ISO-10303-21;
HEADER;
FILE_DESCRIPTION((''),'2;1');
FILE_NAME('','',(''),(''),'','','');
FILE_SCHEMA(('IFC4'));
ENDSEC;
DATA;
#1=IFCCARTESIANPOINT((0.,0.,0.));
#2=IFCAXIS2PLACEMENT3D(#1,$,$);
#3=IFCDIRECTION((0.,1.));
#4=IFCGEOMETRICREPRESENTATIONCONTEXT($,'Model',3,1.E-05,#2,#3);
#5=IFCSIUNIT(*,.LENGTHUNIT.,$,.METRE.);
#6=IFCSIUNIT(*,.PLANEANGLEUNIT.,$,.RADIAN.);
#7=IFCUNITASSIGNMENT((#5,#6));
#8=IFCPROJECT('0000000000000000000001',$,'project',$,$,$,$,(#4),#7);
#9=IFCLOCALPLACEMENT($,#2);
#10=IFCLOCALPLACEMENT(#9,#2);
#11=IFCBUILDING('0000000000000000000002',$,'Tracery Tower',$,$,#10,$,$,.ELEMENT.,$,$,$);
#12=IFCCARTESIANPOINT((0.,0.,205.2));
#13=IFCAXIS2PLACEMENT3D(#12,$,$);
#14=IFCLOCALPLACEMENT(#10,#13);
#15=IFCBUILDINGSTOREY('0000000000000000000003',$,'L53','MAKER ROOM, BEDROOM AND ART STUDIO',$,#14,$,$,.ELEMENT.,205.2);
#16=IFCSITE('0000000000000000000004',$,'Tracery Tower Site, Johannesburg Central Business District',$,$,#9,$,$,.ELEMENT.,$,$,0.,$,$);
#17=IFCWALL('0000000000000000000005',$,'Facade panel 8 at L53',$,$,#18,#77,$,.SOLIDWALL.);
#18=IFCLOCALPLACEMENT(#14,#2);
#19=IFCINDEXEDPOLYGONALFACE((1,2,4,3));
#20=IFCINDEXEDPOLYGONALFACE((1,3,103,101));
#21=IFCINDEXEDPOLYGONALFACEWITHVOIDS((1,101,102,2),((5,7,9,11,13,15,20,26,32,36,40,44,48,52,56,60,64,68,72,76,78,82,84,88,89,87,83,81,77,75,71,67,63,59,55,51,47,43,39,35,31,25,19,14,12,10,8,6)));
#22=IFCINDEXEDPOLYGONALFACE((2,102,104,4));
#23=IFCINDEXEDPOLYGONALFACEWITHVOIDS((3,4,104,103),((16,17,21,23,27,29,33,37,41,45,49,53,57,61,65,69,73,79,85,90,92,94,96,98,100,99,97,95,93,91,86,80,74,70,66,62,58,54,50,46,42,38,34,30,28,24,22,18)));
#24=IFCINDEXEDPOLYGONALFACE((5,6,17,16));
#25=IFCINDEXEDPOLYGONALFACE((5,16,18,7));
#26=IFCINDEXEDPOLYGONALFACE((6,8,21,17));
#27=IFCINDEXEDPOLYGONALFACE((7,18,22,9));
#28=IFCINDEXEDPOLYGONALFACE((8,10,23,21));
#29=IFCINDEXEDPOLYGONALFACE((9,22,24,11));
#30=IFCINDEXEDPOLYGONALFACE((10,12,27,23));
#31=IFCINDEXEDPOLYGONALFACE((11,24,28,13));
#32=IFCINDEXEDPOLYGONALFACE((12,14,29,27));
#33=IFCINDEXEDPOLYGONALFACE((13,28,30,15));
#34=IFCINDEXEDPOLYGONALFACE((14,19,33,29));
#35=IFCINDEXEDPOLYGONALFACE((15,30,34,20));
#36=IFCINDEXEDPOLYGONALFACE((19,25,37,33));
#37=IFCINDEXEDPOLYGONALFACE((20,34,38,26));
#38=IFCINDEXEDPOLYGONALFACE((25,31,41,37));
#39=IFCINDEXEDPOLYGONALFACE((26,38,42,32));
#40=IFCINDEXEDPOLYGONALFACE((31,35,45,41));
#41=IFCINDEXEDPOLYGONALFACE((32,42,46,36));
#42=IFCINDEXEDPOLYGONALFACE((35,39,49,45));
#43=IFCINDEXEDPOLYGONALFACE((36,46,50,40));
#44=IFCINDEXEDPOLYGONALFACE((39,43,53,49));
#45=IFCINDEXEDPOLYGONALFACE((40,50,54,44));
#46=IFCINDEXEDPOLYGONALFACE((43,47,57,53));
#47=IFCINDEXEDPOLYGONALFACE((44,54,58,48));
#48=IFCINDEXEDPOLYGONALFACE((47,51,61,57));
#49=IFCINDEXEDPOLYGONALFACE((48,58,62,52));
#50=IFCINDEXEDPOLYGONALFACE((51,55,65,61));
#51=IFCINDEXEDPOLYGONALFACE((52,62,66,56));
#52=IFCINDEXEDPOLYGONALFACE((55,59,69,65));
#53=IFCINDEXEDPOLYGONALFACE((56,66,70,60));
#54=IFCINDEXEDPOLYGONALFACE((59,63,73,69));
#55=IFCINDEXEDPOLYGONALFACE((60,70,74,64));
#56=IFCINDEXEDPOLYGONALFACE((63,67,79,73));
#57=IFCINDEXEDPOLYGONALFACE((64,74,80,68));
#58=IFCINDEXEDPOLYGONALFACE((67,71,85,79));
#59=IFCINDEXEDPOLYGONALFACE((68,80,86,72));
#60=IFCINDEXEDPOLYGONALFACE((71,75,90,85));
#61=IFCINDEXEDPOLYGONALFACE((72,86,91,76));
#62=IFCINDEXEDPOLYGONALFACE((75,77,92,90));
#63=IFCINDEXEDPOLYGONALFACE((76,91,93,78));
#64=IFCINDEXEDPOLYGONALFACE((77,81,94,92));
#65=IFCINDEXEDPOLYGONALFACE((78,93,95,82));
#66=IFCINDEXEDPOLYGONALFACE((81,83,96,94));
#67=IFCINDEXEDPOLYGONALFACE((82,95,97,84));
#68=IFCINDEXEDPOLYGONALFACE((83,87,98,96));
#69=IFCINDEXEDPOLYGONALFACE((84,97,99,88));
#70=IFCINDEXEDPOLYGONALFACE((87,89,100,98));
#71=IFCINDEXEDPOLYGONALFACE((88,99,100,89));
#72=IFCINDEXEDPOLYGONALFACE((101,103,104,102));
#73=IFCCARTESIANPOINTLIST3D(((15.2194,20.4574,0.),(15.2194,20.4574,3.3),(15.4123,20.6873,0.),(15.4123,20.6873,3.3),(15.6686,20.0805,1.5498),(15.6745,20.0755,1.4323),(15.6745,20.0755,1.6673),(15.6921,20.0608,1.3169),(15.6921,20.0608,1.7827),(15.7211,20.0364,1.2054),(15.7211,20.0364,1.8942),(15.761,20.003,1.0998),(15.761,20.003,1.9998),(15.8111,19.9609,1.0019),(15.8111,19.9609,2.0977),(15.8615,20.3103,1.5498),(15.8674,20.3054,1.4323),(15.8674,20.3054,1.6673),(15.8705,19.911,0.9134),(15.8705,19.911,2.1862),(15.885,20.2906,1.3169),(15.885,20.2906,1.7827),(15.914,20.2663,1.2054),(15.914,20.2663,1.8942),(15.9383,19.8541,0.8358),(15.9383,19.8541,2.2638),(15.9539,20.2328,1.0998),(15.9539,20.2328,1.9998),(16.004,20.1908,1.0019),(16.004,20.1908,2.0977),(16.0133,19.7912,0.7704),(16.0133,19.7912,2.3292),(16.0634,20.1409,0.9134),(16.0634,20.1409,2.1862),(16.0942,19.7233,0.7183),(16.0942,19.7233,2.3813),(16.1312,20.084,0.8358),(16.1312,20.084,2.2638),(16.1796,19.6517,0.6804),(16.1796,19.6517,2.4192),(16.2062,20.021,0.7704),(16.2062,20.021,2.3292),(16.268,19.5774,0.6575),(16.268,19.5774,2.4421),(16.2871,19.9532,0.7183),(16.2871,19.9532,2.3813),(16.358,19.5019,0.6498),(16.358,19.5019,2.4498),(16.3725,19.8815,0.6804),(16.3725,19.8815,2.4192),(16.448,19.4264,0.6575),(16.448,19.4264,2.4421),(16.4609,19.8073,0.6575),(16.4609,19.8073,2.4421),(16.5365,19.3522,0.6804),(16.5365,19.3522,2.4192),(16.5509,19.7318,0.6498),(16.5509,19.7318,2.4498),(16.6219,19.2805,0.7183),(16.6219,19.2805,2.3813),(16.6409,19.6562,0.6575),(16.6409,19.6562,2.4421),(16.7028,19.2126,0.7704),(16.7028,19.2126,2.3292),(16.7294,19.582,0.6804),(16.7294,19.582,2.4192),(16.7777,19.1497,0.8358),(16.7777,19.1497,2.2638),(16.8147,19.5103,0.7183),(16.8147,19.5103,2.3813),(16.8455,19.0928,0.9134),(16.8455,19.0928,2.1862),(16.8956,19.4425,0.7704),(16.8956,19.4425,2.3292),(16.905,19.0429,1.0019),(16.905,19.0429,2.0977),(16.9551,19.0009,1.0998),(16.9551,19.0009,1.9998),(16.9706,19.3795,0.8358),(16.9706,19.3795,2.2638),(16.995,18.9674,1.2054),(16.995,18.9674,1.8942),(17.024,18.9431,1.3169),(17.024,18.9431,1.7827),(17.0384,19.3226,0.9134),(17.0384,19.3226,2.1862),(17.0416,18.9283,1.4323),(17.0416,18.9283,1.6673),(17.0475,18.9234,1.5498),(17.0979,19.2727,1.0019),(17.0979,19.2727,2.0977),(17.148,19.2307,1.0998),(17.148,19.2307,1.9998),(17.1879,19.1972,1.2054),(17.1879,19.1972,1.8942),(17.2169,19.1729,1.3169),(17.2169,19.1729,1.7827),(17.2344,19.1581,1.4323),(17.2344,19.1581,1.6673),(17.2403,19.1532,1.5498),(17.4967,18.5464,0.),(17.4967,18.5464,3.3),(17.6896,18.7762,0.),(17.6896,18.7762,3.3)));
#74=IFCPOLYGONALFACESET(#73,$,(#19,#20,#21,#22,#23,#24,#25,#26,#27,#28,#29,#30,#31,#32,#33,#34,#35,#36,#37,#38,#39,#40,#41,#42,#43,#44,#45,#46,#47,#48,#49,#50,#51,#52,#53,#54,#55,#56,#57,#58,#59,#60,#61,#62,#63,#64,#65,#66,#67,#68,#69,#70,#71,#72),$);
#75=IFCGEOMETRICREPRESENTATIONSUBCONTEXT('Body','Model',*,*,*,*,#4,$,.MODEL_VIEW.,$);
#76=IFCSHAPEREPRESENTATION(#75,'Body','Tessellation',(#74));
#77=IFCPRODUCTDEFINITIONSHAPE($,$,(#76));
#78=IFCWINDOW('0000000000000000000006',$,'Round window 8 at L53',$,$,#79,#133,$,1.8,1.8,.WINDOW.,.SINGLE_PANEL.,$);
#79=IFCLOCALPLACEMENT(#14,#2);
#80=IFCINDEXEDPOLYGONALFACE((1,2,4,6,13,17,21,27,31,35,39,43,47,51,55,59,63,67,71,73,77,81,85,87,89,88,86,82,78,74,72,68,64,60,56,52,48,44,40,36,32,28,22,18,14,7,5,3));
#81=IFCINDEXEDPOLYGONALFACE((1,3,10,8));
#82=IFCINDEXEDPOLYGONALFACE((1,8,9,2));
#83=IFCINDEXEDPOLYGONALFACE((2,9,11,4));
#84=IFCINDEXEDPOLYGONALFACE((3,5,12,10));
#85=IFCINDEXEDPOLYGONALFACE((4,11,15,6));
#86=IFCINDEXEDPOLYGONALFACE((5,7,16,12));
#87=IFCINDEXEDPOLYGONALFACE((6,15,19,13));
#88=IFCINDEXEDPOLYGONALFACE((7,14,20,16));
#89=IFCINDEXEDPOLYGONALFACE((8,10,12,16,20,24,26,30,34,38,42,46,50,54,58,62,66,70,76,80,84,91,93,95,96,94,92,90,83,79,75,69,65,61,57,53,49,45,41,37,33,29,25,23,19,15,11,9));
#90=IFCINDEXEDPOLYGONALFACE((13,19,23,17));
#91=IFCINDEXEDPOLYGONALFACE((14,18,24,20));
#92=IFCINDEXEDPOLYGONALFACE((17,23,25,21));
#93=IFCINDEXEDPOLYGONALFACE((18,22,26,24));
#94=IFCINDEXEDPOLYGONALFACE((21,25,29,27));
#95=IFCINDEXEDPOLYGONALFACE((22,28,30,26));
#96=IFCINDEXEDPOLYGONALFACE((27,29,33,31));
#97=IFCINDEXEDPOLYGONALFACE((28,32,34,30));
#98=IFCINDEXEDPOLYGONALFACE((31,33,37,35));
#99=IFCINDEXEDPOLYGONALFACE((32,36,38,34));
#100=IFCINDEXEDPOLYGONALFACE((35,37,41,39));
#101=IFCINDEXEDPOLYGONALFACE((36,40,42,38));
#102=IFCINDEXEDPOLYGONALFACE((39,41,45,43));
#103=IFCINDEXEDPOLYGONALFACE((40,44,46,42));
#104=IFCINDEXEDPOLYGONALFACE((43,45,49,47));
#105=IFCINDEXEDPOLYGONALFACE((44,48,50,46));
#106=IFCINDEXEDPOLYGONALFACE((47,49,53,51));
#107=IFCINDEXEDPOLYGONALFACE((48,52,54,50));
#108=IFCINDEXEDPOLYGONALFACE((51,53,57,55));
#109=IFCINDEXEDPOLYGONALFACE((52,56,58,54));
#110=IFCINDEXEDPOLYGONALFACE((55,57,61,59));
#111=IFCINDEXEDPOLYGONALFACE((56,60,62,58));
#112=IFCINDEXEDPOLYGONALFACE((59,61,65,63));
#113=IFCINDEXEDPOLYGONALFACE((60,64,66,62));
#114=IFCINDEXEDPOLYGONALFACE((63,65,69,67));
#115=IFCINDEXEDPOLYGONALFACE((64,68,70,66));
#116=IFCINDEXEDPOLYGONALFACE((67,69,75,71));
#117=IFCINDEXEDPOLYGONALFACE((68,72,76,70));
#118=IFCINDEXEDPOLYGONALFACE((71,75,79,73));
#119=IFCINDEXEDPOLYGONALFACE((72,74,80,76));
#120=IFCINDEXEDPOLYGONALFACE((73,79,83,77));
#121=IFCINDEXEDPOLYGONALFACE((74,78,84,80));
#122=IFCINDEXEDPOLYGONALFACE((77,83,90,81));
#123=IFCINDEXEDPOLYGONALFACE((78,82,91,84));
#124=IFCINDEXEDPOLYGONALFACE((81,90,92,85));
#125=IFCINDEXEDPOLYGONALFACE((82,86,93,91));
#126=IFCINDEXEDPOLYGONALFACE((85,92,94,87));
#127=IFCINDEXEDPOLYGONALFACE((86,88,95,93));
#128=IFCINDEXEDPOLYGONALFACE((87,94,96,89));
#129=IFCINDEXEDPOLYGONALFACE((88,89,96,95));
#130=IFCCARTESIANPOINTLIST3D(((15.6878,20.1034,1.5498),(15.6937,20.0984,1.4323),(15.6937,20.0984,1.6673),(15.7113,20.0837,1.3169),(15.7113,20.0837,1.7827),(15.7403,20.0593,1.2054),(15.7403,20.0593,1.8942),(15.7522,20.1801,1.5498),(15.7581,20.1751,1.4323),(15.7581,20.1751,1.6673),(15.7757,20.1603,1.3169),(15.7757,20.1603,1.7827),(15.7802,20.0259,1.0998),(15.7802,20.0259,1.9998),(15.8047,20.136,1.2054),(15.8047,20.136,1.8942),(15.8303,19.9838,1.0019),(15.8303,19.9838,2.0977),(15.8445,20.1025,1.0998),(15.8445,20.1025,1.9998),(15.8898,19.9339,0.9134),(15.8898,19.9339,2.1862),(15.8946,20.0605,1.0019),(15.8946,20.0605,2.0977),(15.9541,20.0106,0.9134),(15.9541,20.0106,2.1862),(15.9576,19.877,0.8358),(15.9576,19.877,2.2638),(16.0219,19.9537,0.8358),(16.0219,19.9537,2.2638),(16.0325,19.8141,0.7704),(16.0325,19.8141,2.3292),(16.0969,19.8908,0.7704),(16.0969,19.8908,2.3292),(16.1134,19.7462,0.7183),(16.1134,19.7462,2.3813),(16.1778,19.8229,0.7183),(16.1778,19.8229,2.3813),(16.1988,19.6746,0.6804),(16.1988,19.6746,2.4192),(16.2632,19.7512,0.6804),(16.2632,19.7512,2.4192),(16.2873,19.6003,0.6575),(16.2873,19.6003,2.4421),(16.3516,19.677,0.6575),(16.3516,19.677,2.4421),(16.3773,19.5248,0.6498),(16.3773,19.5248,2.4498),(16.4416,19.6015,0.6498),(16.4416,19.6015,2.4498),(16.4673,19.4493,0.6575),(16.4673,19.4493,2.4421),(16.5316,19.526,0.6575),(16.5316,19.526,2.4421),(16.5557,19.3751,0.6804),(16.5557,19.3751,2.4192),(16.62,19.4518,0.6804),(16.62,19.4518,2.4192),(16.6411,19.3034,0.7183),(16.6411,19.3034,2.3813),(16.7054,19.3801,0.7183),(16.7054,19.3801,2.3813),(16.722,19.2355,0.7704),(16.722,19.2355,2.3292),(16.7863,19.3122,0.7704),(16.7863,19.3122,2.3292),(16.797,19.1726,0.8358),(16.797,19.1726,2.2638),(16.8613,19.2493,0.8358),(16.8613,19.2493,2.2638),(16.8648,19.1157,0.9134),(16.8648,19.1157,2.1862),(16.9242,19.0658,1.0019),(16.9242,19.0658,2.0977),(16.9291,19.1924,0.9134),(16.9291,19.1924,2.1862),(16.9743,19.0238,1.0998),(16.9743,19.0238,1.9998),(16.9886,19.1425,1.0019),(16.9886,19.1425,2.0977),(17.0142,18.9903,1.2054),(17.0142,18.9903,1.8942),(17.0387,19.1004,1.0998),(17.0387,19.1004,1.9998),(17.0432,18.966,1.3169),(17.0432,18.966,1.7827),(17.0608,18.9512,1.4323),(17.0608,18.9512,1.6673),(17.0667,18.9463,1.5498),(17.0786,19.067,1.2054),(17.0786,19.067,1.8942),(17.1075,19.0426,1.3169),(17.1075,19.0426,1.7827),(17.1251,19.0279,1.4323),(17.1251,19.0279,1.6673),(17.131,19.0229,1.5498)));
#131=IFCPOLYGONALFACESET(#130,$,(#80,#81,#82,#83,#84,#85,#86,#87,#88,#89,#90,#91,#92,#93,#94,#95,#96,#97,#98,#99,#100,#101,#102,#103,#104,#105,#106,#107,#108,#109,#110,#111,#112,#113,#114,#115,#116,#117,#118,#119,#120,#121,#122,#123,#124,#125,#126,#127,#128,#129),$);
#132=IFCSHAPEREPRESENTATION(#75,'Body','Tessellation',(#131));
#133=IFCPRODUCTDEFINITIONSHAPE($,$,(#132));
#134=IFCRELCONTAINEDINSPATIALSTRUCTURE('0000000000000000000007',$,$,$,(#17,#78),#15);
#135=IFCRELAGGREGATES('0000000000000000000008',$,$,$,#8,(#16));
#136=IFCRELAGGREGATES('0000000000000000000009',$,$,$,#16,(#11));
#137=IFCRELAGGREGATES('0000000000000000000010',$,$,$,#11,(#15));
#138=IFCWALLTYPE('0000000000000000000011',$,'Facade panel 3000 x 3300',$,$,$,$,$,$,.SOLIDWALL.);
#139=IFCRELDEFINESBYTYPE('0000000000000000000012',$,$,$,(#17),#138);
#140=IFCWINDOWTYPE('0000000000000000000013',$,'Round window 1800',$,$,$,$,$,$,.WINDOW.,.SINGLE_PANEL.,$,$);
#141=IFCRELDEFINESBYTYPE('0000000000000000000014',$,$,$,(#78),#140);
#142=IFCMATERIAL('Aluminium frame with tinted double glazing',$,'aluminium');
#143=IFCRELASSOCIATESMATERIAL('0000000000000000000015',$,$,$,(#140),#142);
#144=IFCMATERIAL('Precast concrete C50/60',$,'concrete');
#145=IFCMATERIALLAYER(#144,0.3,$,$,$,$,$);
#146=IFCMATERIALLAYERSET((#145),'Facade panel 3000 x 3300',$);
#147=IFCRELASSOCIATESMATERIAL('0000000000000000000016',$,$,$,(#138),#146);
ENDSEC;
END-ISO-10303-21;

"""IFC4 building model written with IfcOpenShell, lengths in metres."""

from ifc_helpers import new_model, si_unit, direction, frame, frame_2d, origin, origin_2d, place, context, subcontext, project, spatial, rectangle, circle, extrude, material, layer, layer_set, type_object, element, fill, save


model = new_model("IFC4")

# Units and contexts
model_context = context("Model", 3, precision=1e-05, world=origin(), true_north=direction((0.0, 1.0)))
body_context = subcontext(model_context, "Body", "Model", "MODEL_VIEW")
ifc_project = project(units=[si_unit("LENGTHUNIT", "METRE"), si_unit("PLANEANGLEUNIT", "RADIAN")], contexts=[model_context])

# Site, building, storey
site_placement = place(None, origin())
site = spatial("IfcSite", under=ifc_project, at=site_placement, Name="Tracery Tower Site, Johannesburg Central Business District", CompositionType="ELEMENT", RefElevation=0.0)
building_placement = place(site_placement, origin())
building = spatial("IfcBuilding", under=site, at=building_placement, Name="Tracery Tower", CompositionType="ELEMENT")
storey_placement = place(building_placement, frame((0.0, 0.0, 205.2)))
storey = spatial("IfcBuildingStorey", under=building, at=storey_placement, Name="L53", Description="MAKER ROOM, BEDROOM AND ART STUDIO", CompositionType="ELEMENT", Elevation=205.2)

# Wall, opening, window
ifc_material_1 = material(Name="Aluminium frame with tinted double glazing", Category="aluminium")
window_type = type_object("IfcWindowType", Name="Round window 1800", PartitioningType="SINGLE_PANEL", PredefinedType="WINDOW", material=ifc_material_1)
ifc_material_2 = material(Name="Precast concrete C50/60", Category="concrete")
ifc_layer_1 = layer(ifc_material_2, 0.3)
ifc_layer_set_1 = layer_set([ifc_layer_1], Name="Facade panel 3000 x 3300")
wall_type_1 = type_object("IfcWallType", Name="Facade panel 3000 x 3300", PredefinedType="SOLIDWALL", material=ifc_layer_set_1)
wall_1_placement = place(storey_placement, frame((17.593, 18.6614, 0.0), z_axis=(0.0, 0.0, 1.0), x_axis=(-0.766009, 0.64283, 0.0)))
wall_1 = element("IfcWall", 1, at=wall_1_placement, inside=storey, type_object=wall_type_1, Name="Facade panel 8 at L53", PredefinedType="SOLIDWALL", context=body_context, shape_type="SweptSolid", body=[
    extrude(rectangle(XDim=2.9729, YDim=0.3, at=frame_2d((1.4863, 0.0))), origin(), (0.0, 0.0, 1.0), 3.3),
])
opening_1_placement = place(wall_1_placement, frame((1.4863, 0.0, 1.5498)))
opening_1 = element("IfcOpeningElement", 2, at=opening_1_placement, cuts=wall_1, PredefinedType="OPENING", context=body_context, shape_type="SweptSolid", body=[
    extrude(circle(Radius=0.9, at=origin_2d()), frame((0.0, 0.1599, 0.0), z_axis=(0.0, -1.0, 0.0), x_axis=(1.0, 0.0, 0.0)), (0.0, 0.0, 1.0), 0.3201),
])
window_1_placement = place(opening_1_placement, origin())
window_1 = element("IfcWindow", 3, at=window_1_placement, inside=storey, type_object=window_type, Name="Round window 8 at L53", OverallHeight=1.8, OverallWidth=1.8, PartitioningType="SINGLE_PANEL", PredefinedType="WINDOW", context=body_context, shape_type="SweptSolid", body=[
    extrude(circle(Radius=0.9, at=origin_2d()), frame((0.0, 0.1201, 0.0), z_axis=(0.0, -1.0, 0.0), x_axis=(1.0, 0.0, 0.0)), (0.0, 0.0, 1.0), 0.1001),
])
fill(opening_1, window_1)

save(model, "model.ifc")
